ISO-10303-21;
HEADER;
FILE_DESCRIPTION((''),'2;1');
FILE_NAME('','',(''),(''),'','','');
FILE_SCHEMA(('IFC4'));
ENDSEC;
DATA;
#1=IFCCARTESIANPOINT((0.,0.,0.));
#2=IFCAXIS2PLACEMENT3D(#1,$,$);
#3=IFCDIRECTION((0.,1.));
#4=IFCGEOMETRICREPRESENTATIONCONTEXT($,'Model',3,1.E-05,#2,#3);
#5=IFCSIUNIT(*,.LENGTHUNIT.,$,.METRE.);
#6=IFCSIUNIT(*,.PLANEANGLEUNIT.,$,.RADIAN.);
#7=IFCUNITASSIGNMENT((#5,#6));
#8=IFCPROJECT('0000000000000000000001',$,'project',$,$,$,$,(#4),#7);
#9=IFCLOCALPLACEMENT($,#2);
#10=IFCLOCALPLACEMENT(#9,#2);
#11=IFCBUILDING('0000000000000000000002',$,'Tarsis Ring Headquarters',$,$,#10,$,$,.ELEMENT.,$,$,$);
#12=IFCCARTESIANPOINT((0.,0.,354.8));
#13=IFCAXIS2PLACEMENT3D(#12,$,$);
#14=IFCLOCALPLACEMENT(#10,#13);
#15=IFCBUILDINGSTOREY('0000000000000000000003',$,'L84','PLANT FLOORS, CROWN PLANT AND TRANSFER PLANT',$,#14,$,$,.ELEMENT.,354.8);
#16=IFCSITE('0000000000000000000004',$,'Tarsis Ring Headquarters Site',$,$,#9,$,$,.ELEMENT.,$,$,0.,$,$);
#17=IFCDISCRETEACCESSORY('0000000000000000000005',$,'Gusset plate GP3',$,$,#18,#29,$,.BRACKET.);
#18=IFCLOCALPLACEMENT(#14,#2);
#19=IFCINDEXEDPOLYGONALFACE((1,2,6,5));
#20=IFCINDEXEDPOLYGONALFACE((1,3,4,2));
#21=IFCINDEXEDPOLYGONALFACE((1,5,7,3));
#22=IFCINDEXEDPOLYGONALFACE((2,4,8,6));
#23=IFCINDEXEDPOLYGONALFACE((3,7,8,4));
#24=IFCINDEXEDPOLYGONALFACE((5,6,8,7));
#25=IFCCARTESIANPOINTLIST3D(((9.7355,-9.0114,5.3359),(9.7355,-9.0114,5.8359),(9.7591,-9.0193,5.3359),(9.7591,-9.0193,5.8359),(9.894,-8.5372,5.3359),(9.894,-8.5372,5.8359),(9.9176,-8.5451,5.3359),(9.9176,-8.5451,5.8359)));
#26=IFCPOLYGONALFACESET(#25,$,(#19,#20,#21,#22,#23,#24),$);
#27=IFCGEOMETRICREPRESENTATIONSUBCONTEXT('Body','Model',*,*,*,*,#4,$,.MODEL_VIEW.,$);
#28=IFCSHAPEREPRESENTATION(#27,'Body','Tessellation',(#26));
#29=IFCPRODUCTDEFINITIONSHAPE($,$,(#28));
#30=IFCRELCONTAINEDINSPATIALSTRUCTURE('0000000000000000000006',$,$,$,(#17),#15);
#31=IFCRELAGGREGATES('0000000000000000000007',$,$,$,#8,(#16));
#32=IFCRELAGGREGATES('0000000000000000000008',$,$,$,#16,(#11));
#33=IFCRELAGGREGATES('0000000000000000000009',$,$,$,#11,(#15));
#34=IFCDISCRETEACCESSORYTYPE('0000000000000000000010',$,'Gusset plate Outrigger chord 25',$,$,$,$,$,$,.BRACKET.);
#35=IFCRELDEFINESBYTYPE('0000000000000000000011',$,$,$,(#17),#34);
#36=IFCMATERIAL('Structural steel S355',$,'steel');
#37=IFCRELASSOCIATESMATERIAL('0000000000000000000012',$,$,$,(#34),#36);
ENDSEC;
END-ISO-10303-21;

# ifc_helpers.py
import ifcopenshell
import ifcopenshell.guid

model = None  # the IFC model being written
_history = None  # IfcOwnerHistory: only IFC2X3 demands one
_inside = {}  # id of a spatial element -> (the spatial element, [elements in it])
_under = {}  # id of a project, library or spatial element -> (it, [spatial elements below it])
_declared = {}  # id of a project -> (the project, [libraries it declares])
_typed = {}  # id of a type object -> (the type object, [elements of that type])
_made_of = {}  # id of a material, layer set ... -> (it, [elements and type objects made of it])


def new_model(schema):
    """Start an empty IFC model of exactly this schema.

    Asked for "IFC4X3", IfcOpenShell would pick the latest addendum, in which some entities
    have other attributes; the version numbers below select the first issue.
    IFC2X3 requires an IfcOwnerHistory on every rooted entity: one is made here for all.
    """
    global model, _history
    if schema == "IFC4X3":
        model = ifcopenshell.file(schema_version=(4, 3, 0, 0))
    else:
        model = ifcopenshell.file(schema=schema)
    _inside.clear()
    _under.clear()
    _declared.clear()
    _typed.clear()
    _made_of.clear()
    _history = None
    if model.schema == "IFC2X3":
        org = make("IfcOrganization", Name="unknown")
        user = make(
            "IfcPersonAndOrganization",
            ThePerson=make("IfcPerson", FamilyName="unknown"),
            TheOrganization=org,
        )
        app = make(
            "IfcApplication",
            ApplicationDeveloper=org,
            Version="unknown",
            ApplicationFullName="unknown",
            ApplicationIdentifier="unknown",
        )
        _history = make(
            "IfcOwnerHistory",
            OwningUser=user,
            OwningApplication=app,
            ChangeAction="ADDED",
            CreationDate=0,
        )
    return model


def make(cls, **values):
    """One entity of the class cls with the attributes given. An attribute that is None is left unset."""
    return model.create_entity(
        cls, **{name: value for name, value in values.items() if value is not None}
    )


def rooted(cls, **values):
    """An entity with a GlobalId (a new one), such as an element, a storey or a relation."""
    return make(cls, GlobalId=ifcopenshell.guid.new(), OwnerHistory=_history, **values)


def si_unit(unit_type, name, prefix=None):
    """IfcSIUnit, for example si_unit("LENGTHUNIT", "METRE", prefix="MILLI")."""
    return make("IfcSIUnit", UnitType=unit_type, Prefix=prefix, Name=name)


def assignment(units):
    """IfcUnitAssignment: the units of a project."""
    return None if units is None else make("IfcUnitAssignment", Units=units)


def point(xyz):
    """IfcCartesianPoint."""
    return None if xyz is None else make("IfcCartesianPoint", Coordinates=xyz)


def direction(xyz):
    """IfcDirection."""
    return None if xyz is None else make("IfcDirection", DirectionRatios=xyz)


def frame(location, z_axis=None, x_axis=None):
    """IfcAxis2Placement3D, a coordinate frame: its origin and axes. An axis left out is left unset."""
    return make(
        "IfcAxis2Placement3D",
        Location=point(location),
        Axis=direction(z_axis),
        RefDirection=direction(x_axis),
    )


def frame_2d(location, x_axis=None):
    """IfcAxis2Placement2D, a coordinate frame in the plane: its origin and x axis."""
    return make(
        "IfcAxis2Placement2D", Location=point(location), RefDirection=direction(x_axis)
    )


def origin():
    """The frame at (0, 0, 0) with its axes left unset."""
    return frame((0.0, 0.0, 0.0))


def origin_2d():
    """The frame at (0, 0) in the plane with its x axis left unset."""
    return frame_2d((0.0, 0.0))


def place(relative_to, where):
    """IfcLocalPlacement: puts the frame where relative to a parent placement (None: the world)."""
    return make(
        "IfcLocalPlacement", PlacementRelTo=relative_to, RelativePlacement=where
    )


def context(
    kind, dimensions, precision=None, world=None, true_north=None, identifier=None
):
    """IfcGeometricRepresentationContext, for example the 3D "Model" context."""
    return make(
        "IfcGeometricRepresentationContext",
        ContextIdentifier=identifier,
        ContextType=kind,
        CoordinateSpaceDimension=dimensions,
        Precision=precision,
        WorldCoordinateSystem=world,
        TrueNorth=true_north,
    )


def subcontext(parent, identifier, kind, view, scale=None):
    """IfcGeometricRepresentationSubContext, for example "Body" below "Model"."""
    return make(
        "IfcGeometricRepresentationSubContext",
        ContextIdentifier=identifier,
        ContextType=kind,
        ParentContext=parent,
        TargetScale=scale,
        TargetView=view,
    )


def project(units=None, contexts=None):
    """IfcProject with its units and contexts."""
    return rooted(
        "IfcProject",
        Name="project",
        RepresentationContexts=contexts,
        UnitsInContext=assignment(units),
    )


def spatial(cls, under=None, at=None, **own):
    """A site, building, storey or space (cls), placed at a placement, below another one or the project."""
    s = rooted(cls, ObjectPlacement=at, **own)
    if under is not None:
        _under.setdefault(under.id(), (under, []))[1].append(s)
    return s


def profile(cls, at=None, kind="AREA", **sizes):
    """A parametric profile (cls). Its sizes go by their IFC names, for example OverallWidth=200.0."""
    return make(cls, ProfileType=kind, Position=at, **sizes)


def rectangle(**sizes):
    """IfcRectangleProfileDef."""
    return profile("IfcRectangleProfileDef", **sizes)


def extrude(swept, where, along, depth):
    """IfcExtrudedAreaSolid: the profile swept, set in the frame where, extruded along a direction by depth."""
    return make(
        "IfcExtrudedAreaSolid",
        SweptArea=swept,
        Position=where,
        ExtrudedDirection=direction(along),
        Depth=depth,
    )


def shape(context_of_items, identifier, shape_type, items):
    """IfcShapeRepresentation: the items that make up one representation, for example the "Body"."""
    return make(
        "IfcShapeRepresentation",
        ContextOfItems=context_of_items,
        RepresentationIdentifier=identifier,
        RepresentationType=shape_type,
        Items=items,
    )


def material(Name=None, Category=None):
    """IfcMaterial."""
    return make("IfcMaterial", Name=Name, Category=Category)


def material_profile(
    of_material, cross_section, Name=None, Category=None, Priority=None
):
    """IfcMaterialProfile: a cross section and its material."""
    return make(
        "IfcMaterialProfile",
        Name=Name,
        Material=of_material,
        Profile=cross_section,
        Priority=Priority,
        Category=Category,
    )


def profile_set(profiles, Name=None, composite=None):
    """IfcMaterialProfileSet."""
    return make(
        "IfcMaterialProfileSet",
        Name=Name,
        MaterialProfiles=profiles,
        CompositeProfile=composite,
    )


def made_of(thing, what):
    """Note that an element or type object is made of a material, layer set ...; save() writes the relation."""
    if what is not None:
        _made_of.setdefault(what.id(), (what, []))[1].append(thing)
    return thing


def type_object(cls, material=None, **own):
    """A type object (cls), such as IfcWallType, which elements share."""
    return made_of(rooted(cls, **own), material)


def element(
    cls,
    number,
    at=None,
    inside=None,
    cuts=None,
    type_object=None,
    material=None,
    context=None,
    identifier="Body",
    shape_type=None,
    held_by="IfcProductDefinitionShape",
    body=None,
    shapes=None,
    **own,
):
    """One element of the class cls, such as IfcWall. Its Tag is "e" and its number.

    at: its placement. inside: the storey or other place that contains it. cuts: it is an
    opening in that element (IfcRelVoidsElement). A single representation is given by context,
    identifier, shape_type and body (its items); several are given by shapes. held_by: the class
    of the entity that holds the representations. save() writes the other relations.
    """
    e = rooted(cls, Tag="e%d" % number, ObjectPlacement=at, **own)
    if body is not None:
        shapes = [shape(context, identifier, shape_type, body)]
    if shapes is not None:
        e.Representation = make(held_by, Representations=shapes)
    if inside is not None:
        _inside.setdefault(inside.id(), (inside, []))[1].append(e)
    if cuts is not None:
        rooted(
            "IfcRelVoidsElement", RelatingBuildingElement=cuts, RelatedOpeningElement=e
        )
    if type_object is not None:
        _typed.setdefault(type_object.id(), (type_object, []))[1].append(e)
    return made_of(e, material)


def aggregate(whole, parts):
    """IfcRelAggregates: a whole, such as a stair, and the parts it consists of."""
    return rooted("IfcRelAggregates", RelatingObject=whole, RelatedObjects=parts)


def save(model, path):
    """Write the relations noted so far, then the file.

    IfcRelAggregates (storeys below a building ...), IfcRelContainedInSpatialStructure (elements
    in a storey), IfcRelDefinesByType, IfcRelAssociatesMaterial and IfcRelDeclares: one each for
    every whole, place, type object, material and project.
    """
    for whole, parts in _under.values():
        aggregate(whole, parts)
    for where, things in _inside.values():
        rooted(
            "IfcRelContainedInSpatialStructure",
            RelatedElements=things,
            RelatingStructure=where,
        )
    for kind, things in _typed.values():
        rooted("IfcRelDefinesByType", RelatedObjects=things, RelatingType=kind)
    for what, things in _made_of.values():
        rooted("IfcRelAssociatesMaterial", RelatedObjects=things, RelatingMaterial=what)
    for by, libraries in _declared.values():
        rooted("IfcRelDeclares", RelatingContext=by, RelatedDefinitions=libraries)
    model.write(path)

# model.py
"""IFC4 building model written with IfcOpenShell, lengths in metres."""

from ifc_helpers import new_model, si_unit, direction, frame, origin, origin_2d, place, context, subcontext, project, spatial, rectangle, extrude, material, material_profile, profile_set, type_object, element, save


model = new_model("IFC4")

# Units and contexts
model_context = context("Model", 3, precision=1e-05, world=origin(), true_north=direction((0.0, 1.0)))
body_context = subcontext(model_context, "Body", "Model", "MODEL_VIEW")
ifc_project = project(units=[si_unit("LENGTHUNIT", "METRE"), si_unit("PLANEANGLEUNIT", "RADIAN")], contexts=[model_context])

# Site, building, storey
site_placement = place(None, origin())
site = spatial("IfcSite", under=ifc_project, at=site_placement, Name="Tarsis Ring Headquarters Site", CompositionType="ELEMENT", RefElevation=0.0)
building_placement = place(site_placement, origin())
building = spatial("IfcBuilding", under=site, at=building_placement, Name="Tarsis Ring Headquarters", CompositionType="ELEMENT")
storey_placement = place(building_placement, frame((0.0, 0.0, 354.8)))
storey = spatial("IfcBuildingStorey", under=building, at=storey_placement, Name="L84", Description="PLANT FLOORS, CROWN PLANT AND TRANSFER PLANT", CompositionType="ELEMENT", Elevation=354.8)

# Shared definitions
ifc_material_1 = material(Name="Structural steel S355", Category="steel")

# Discrete accessory
ifc_material_profile_1 = material_profile(ifc_material_1, rectangle(XDim=0.0249, YDim=0.5, at=origin_2d()), Name="PL 25x500")
ifc_profile_set_1 = profile_set([ifc_material_profile_1], Name="Structural steel S355")
discrete_accessory_type_1 = type_object("IfcDiscreteAccessoryType", Name="Gusset plate Outrigger chord 25", PredefinedType="BRACKET", material=ifc_profile_set_1)
discrete_accessory_1_placement = place(storey_placement, frame((9.7473, -9.0154, 5.5859), z_axis=(0.31696, 0.948439, 0.0), x_axis=(-0.948439, 0.31696, 0.0)))
element("IfcDiscreteAccessory", 1, at=discrete_accessory_1_placement, inside=storey, type_object=discrete_accessory_type_1, Name="Gusset plate GP3", PredefinedType="BRACKET", context=body_context, shape_type="SweptSolid", body=[
    extrude(rectangle(XDim=0.0249, YDim=0.5, at=origin_2d()), origin(), (0.0, 0.0, 1.0), 0.5),
])

save(model, "model.ifc")
